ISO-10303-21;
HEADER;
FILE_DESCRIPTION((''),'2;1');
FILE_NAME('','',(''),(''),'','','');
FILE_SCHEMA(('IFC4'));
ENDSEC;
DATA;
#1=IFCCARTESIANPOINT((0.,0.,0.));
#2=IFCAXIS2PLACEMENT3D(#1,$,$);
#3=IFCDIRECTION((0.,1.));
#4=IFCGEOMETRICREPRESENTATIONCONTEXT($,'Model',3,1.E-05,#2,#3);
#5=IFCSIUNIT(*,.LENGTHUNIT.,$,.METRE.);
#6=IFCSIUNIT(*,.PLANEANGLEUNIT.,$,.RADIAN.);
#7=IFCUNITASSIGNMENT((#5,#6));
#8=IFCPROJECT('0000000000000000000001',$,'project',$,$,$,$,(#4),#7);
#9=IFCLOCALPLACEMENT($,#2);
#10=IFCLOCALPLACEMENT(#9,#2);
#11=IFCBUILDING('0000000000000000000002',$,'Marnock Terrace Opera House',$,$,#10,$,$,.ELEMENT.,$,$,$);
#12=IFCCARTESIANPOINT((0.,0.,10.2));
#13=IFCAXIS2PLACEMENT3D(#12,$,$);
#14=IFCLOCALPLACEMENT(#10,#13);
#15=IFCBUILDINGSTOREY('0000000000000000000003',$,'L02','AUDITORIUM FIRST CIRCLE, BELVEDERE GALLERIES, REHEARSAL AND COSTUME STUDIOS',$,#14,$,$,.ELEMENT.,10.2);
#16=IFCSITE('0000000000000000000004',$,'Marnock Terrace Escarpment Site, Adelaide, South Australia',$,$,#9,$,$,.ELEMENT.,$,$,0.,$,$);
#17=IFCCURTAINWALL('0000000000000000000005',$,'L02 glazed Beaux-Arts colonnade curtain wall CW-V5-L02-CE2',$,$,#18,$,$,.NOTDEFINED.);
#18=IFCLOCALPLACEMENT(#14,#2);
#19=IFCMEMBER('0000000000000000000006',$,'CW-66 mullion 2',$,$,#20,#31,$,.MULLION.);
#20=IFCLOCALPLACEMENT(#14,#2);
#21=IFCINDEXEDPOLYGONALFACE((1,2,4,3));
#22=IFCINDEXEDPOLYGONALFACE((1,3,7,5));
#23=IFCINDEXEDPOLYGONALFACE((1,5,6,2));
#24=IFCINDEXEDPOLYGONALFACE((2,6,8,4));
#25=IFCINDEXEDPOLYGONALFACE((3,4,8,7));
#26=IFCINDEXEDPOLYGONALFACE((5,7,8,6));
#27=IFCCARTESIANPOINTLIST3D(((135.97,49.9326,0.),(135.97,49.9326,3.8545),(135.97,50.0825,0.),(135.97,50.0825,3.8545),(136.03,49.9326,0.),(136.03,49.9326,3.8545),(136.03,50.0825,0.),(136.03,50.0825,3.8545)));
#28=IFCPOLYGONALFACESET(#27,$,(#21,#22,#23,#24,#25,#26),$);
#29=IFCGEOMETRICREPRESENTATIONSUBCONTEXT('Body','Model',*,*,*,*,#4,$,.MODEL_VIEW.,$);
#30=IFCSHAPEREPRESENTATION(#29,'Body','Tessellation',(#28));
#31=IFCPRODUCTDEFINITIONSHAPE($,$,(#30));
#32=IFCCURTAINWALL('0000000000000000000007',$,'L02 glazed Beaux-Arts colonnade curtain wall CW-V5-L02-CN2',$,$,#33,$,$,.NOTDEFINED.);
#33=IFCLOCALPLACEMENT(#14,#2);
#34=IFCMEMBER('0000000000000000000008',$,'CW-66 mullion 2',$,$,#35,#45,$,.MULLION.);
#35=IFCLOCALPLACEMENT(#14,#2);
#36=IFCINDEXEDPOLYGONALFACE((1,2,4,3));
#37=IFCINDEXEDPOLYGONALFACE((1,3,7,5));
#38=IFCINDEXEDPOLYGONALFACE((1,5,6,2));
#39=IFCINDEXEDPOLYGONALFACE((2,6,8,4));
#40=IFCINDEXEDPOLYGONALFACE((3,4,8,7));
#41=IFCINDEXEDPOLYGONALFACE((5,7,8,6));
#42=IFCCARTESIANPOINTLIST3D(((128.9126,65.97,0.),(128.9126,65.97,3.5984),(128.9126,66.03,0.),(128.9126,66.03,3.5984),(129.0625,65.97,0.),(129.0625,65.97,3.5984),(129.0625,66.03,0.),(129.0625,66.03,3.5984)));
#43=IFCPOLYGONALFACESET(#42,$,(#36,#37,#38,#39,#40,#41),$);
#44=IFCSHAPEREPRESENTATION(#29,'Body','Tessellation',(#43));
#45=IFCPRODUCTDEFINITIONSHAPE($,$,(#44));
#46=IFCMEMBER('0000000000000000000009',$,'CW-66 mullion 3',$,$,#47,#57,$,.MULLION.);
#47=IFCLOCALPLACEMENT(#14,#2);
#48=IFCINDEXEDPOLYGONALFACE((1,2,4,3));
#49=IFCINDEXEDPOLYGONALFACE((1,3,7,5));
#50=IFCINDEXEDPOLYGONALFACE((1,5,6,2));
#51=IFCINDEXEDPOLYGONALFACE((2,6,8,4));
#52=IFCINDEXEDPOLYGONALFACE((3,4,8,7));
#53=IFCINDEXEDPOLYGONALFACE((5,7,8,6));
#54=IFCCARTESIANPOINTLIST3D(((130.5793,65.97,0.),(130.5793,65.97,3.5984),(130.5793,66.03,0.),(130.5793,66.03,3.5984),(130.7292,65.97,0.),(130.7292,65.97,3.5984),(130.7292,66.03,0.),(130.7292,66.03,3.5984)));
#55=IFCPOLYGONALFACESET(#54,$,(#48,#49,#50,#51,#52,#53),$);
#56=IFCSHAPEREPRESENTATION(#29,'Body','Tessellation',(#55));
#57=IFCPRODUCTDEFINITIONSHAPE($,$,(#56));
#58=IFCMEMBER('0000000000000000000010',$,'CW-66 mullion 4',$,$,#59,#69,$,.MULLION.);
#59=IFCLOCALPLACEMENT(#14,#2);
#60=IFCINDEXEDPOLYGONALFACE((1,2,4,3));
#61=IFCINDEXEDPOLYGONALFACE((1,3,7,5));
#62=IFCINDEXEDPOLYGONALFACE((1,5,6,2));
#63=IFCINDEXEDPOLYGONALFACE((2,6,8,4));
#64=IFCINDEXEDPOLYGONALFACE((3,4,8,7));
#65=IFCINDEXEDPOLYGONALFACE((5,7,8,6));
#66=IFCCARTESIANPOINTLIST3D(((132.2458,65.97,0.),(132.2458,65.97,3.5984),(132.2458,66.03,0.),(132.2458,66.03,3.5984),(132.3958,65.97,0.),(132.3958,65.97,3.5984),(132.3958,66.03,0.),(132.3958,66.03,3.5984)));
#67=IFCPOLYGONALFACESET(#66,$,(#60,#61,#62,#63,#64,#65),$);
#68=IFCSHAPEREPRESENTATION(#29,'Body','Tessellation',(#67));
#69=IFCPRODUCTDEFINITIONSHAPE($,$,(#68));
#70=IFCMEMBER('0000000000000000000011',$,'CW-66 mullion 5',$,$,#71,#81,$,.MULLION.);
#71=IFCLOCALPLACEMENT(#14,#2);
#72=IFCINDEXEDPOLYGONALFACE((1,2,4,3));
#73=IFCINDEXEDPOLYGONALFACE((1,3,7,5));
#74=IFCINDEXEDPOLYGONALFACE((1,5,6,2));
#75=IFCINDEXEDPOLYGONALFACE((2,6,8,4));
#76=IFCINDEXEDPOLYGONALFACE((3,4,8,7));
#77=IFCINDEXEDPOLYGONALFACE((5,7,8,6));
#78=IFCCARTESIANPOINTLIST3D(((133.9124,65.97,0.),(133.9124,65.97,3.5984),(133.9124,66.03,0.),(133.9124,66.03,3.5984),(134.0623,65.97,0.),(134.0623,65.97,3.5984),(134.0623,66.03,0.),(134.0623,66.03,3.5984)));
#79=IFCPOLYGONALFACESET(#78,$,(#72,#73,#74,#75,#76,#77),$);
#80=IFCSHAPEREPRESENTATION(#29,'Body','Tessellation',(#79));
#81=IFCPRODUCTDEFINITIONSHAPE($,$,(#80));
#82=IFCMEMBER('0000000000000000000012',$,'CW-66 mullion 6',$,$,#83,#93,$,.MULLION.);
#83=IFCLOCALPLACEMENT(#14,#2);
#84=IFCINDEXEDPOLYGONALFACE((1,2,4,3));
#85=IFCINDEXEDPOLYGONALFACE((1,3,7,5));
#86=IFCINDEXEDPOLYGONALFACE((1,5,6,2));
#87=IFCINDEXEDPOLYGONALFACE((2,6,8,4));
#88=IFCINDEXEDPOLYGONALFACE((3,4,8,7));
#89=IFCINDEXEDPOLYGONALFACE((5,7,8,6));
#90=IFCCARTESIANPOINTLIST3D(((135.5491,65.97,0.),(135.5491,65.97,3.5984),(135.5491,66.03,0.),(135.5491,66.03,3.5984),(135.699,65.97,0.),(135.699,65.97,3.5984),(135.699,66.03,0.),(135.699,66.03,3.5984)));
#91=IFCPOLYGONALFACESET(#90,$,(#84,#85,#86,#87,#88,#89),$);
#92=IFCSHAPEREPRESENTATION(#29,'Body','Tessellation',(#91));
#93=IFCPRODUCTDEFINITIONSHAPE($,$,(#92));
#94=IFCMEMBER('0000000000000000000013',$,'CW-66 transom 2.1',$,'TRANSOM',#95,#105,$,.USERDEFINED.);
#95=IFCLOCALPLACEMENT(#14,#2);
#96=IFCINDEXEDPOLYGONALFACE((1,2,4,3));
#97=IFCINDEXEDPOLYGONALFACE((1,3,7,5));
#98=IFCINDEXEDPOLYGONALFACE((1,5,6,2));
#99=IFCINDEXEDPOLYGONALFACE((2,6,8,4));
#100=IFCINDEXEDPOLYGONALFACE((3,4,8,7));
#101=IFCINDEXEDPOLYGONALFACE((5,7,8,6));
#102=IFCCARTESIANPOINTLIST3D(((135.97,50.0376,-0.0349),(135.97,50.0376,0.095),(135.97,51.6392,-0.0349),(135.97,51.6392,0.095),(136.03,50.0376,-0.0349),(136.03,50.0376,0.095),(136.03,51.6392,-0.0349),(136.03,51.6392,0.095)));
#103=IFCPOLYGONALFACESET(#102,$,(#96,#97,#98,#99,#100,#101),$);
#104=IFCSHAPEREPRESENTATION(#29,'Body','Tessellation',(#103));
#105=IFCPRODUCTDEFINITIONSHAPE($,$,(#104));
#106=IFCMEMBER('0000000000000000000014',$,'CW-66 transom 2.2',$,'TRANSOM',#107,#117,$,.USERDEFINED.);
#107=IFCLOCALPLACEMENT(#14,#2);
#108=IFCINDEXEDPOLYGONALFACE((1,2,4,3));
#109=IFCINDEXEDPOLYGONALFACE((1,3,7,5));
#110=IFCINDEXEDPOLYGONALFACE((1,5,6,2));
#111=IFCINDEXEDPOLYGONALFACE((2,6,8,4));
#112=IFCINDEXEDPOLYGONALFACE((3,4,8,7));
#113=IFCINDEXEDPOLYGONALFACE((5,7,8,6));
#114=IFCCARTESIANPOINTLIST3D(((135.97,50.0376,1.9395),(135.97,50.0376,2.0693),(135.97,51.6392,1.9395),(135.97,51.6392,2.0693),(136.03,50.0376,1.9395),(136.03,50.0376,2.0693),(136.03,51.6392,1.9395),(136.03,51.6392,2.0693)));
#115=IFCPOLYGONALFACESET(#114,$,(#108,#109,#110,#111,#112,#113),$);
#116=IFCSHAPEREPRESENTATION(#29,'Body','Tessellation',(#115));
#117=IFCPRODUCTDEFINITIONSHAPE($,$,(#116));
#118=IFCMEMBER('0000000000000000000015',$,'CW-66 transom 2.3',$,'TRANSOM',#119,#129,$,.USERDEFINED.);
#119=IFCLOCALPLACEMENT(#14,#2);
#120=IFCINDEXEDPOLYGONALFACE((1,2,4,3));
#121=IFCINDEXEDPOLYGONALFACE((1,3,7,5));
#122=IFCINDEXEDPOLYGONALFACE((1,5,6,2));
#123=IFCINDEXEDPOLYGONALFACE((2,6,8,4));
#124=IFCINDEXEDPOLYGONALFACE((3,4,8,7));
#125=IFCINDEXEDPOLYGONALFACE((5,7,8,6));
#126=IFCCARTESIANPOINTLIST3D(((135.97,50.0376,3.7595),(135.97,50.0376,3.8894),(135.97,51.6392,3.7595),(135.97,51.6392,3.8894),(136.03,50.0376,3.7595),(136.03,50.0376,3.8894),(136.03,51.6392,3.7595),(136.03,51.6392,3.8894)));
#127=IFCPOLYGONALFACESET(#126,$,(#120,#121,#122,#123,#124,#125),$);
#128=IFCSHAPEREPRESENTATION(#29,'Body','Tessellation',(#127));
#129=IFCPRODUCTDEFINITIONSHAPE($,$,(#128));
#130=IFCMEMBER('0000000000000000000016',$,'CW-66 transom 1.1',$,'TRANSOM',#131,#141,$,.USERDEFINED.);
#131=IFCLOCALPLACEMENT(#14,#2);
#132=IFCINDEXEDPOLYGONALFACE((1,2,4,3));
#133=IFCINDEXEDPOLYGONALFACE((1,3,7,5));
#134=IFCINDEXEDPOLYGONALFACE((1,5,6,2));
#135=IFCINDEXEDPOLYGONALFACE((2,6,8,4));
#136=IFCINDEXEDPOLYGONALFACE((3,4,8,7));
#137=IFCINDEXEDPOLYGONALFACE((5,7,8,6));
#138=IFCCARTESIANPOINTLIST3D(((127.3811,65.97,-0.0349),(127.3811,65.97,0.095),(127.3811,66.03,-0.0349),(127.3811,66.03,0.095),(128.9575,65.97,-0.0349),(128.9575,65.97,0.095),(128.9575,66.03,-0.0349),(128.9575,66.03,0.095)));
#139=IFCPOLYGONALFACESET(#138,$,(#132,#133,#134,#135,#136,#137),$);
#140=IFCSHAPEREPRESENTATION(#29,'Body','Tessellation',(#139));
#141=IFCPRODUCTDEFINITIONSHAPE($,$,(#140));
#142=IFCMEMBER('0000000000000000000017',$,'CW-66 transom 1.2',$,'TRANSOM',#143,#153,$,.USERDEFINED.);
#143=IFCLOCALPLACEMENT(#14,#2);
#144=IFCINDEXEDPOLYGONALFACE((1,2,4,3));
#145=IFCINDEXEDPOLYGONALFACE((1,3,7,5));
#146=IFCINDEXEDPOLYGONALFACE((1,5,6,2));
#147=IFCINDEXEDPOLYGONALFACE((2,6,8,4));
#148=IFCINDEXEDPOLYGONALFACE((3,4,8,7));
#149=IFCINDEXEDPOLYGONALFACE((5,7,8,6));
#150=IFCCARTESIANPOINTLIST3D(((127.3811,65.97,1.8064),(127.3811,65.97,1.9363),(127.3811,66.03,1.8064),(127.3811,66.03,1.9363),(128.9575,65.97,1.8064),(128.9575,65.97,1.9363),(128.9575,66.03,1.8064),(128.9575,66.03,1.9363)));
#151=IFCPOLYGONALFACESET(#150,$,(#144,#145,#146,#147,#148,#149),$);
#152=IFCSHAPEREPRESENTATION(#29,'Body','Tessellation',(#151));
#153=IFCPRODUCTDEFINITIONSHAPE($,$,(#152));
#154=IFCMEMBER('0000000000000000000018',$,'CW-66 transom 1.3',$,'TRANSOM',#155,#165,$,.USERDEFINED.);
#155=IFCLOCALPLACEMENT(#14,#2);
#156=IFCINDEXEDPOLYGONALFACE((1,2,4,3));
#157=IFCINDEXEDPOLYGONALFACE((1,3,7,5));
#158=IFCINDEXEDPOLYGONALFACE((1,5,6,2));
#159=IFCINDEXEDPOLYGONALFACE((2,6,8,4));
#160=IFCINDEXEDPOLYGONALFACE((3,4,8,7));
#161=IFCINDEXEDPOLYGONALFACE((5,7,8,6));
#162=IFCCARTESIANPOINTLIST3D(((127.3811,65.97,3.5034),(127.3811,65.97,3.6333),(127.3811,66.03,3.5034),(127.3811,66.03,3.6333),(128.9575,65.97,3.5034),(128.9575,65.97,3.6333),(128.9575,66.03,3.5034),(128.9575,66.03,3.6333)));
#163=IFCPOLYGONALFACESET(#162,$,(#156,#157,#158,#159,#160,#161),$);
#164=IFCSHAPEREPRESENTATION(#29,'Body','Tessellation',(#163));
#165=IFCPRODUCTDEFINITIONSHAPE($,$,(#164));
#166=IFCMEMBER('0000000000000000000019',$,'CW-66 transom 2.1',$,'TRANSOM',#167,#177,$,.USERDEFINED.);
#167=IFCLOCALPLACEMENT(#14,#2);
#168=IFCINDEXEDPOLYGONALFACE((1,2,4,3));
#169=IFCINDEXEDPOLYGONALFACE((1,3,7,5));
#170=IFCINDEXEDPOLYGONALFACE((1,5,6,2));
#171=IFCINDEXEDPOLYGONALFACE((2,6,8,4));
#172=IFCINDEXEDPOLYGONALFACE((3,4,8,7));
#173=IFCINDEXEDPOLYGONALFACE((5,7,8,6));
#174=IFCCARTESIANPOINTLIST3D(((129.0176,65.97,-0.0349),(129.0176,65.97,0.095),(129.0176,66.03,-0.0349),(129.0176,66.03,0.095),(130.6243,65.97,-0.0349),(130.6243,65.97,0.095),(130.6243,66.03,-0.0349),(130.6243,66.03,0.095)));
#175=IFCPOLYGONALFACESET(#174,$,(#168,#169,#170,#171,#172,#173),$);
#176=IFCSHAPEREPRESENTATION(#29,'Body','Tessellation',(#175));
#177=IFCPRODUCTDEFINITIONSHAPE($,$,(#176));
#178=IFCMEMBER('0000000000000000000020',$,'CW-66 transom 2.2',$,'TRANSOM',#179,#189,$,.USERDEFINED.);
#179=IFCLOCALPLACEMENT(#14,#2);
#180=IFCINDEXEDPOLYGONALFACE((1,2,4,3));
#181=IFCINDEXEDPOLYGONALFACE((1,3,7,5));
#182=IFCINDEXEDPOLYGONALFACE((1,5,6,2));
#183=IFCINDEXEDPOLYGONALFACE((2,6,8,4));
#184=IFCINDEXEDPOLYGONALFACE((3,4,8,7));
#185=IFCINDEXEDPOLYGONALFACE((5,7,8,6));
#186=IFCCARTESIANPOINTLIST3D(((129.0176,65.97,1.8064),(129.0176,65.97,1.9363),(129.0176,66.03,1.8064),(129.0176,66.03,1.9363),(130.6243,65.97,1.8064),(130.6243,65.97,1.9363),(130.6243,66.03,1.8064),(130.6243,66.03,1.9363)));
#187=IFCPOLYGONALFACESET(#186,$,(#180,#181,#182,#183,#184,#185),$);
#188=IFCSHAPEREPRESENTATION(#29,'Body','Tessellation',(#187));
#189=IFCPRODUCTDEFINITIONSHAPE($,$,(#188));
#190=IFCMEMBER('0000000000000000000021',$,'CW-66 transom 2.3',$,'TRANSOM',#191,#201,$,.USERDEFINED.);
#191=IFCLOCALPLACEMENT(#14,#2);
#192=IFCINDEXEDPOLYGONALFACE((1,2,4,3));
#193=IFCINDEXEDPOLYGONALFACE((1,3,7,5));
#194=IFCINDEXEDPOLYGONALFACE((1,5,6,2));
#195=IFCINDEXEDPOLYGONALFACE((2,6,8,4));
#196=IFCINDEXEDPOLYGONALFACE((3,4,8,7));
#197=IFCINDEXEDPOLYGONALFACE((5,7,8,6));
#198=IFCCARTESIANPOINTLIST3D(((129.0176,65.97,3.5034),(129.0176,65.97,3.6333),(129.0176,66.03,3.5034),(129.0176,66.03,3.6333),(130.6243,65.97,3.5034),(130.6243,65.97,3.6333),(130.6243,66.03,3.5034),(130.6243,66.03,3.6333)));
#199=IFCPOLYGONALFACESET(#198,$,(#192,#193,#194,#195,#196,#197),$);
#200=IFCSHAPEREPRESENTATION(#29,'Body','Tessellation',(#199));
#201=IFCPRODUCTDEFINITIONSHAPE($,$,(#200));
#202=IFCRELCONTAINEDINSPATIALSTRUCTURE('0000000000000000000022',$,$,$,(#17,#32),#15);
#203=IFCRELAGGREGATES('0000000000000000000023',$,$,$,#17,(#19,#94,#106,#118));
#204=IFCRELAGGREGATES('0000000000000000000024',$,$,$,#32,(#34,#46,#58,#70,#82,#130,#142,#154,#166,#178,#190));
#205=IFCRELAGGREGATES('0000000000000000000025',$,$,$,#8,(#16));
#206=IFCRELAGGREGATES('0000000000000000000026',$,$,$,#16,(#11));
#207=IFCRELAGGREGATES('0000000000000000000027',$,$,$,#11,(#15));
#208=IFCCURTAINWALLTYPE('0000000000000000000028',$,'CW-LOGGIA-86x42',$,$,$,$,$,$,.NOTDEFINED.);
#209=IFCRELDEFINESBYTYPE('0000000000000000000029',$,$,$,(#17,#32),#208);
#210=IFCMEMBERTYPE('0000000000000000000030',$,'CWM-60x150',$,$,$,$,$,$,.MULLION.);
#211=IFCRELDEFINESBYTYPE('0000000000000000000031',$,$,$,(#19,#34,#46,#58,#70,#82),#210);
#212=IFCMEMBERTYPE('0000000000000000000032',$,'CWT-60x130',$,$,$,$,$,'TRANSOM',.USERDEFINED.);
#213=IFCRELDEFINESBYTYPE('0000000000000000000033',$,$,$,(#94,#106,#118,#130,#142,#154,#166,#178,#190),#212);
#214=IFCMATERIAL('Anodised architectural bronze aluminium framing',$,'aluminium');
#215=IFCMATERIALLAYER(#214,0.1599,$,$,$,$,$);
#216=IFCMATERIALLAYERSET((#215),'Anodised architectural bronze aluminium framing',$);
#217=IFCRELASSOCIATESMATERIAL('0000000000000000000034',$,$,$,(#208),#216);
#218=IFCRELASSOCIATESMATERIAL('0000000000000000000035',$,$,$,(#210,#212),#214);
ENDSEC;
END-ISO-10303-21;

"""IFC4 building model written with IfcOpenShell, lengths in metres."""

from ifc_helpers import new_model, si_unit, direction, frame, origin, origin_2d, place, context, subcontext, project, spatial, rectangle, extrude, material, layer, layer_set, material_profile, profile_set, type_object, element, aggregate, save


model = new_model("IFC4")

# Units and contexts
model_context = context("Model", 3, precision=1e-05, world=origin(), true_north=direction((0.0, 1.0)))
body_context = subcontext(model_context, "Body", "Model", "MODEL_VIEW")
ifc_project = project(units=[si_unit("LENGTHUNIT", "METRE"), si_unit("PLANEANGLEUNIT", "RADIAN")], contexts=[model_context])

# Site, building, storey
site_placement = place(None, origin())
site = spatial("IfcSite", under=ifc_project, at=site_placement, Name="Marnock Terrace Escarpment Site, Adelaide, South Australia", CompositionType="ELEMENT", RefElevation=0.0)
building_placement = place(site_placement, origin())
building = spatial("IfcBuilding", under=site, at=building_placement, Name="Marnock Terrace Opera House", CompositionType="ELEMENT")
storey_placement = place(building_placement, frame((0.0, 0.0, 10.2)))
storey = spatial("IfcBuildingStorey", under=building, at=storey_placement, Name="L02", Description="AUDITORIUM FIRST CIRCLE, BELVEDERE GALLERIES, REHEARSAL AND COSTUME STUDIOS", CompositionType="ELEMENT", Elevation=10.2)

# Curtain wall, member
ifc_material_1 = material(Name="Anodised architectural bronze aluminium framing", Category="aluminium")
ifc_layer_1 = layer(ifc_material_1, 0.1599)
ifc_layer_set_1 = layer_set([ifc_layer_1], Name="Anodised architectural bronze aluminium framing")
curtain_wall_type = type_object("IfcCurtainWallType", Name="CW-LOGGIA-86x42", PredefinedType="NOTDEFINED", material=ifc_layer_set_1)
curtain_wall_1_placement = place(storey_placement, origin())
curtain_wall_1 = element("IfcCurtainWall", 1, at=curtain_wall_1_placement, inside=storey, type_object=curtain_wall_type, Name="L02 glazed Beaux-Arts colonnade curtain wall CW-V5-L02-CE2", PredefinedType="NOTDEFINED")
ifc_material_profile_1 = material_profile(ifc_material_1, rectangle(XDim=0.0601, YDim=0.1499, at=origin_2d()))
ifc_profile_set_1 = profile_set([ifc_material_profile_1], Name="Anodised architectural bronze aluminium framing")
member_type_1 = type_object("IfcMemberType", Name="CWM-60x150", PredefinedType="MULLION", material=ifc_profile_set_1)
member_1_placement = place(storey_placement, frame((136.0, 50.0076, 0.0), z_axis=(0.0, 0.0, 1.0), x_axis=(-1.0, 0.0, 0.0)))
member_1 = element("IfcMember", 2, at=member_1_placement, type_object=member_type_1, Name="CW-66 mullion 2", PredefinedType="MULLION", context=body_context, shape_type="SweptSolid", body=[
    extrude(rectangle(XDim=0.0601, YDim=0.1499, at=origin_2d()), origin(), (0.0, 0.0, 1.0), 3.8545),
])

# Curtain wall, members
curtain_wall_2_placement = place(storey_placement, origin())
curtain_wall_2 = element("IfcCurtainWall", 3, at=curtain_wall_2_placement, inside=storey, type_object=curtain_wall_type, Name="L02 glazed Beaux-Arts colonnade curtain wall CW-V5-L02-CN2", PredefinedType="NOTDEFINED")
member_2_placement = place(storey_placement, frame((128.9875, 66.0, 0.0), z_axis=(0.0, 0.0, 1.0), x_axis=(0.0, 1.0, 0.0)))
member_2 = element("IfcMember", 4, at=member_2_placement, type_object=member_type_1, Name="CW-66 mullion 2", PredefinedType="MULLION", context=body_context, shape_type="SweptSolid", body=[
    extrude(rectangle(XDim=0.0601, YDim=0.1499, at=origin_2d()), origin(), (0.0, 0.0, 1.0), 3.5984),
])
member_3_placement = place(storey_placement, frame((130.6543, 66.0, 0.0), z_axis=(0.0, 0.0, 1.0), x_axis=(0.0, 1.0, 0.0)))
member_3 = element("IfcMember", 5, at=member_3_placement, type_object=member_type_1, Name="CW-66 mullion 3", PredefinedType="MULLION", context=body_context, shape_type="SweptSolid", body=[
    extrude(rectangle(XDim=0.0601, YDim=0.1499, at=origin_2d()), origin(), (0.0, 0.0, 1.0), 3.5984),
])
member_4_placement = place(storey_placement, frame((132.3208, 66.0, 0.0), z_axis=(0.0, 0.0, 1.0), x_axis=(0.0, 1.0, 0.0)))
member_4 = element("IfcMember", 6, at=member_4_placement, type_object=member_type_1, Name="CW-66 mullion 4", PredefinedType="MULLION", context=body_context, shape_type="SweptSolid", body=[
    extrude(rectangle(XDim=0.0601, YDim=0.1499, at=origin_2d()), origin(), (0.0, 0.0, 1.0), 3.5984),
])
member_5_placement = place(storey_placement, frame((133.9873, 66.0, 0.0), z_axis=(0.0, 0.0, 1.0), x_axis=(0.0, 1.0, 0.0)))
member_5 = element("IfcMember", 7, at=member_5_placement, type_object=member_type_1, Name="CW-66 mullion 5", PredefinedType="MULLION", context=body_context, shape_type="SweptSolid", body=[
    extrude(rectangle(XDim=0.0601, YDim=0.1499, at=origin_2d()), origin(), (0.0, 0.0, 1.0), 3.5984),
])
member_6_placement = place(storey_placement, frame((135.624, 66.0, 0.0), z_axis=(0.0, 0.0, 1.0), x_axis=(0.0, 1.0, 0.0)))
member_6 = element("IfcMember", 8, at=member_6_placement, type_object=member_type_1, Name="CW-66 mullion 6", PredefinedType="MULLION", context=body_context, shape_type="SweptSolid", body=[
    extrude(rectangle(XDim=0.0601, YDim=0.1499, at=origin_2d()), origin(), (0.0, 0.0, 1.0), 3.5984),
])

# Members
ifc_material_profile_2 = material_profile(ifc_material_1, rectangle(XDim=0.0601, YDim=0.1299, at=origin_2d()))
ifc_profile_set_2 = profile_set([ifc_material_profile_2], Name="Anodised architectural bronze aluminium framing")
member_type_2 = type_object("IfcMemberType", Name="CWT-60x130", ElementType="TRANSOM", PredefinedType="USERDEFINED", material=ifc_profile_set_2)
member_7_placement = place(storey_placement, frame((136.0, 50.0376, 0.03), z_axis=(0.0, 1.0, 0.0), x_axis=(-1.0, 0.0, 0.0)))
member_7 = element("IfcMember", 9, at=member_7_placement, type_object=member_type_2, Name="CW-66 transom 2.1", ObjectType="TRANSOM", PredefinedType="USERDEFINED", context=body_context, shape_type="SweptSolid", body=[
    extrude(rectangle(XDim=0.0601, YDim=0.1299, at=origin_2d()), origin(), (0.0, 0.0, 1.0), 1.6016),
])
member_8_placement = place(storey_placement, frame((136.0, 50.0376, 2.0044), z_axis=(0.0, 1.0, 0.0), x_axis=(-1.0, 0.0, 0.0)))
member_8 = element("IfcMember", 10, at=member_8_placement, type_object=member_type_2, Name="CW-66 transom 2.2", ObjectType="TRANSOM", PredefinedType="USERDEFINED", context=body_context, shape_type="SweptSolid", body=[
    extrude(rectangle(XDim=0.0601, YDim=0.1299, at=origin_2d()), origin(), (0.0, 0.0, 1.0), 1.6016),
])
member_9_placement = place(storey_placement, frame((136.0, 50.0376, 3.8245), z_axis=(0.0, 1.0, 0.0), x_axis=(-1.0, 0.0, 0.0)))
member_9 = element("IfcMember", 11, at=member_9_placement, type_object=member_type_2, Name="CW-66 transom 2.3", ObjectType="TRANSOM", PredefinedType="USERDEFINED", context=body_context, shape_type="SweptSolid", body=[
    extrude(rectangle(XDim=0.0601, YDim=0.1299, at=origin_2d()), origin(), (0.0, 0.0, 1.0), 1.6016),
])
member_10_placement = place(storey_placement, frame((127.3811, 66.0, 0.03), z_axis=(1.0, 0.0, 0.0), x_axis=(0.0, 1.0, 0.0)))
member_10 = element("IfcMember", 12, at=member_10_placement, type_object=member_type_2, Name="CW-66 transom 1.1", ObjectType="TRANSOM", PredefinedType="USERDEFINED", context=body_context, shape_type="SweptSolid", body=[
    extrude(rectangle(XDim=0.0601, YDim=0.1299, at=origin_2d()), origin(), (0.0, 0.0, 1.0), 1.5764),
])
member_11_placement = place(storey_placement, frame((127.3811, 66.0, 1.8713), z_axis=(1.0, 0.0, 0.0), x_axis=(0.0, 1.0, 0.0)))
member_11 = element("IfcMember", 13, at=member_11_placement, type_object=member_type_2, Name="CW-66 transom 1.2", ObjectType="TRANSOM", PredefinedType="USERDEFINED", context=body_context, shape_type="SweptSolid", body=[
    extrude(rectangle(XDim=0.0601, YDim=0.1299, at=origin_2d()), origin(), (0.0, 0.0, 1.0), 1.5764),
])
member_12_placement = place(storey_placement, frame((127.3811, 66.0, 3.5684), z_axis=(1.0, 0.0, 0.0), x_axis=(0.0, 1.0, 0.0)))
member_12 = element("IfcMember", 14, at=member_12_placement, type_object=member_type_2, Name="CW-66 transom 1.3", ObjectType="TRANSOM", PredefinedType="USERDEFINED", context=body_context, shape_type="SweptSolid", body=[
    extrude(rectangle(XDim=0.0601, YDim=0.1299, at=origin_2d()), origin(), (0.0, 0.0, 1.0), 1.5764),
])
member_13_placement = place(storey_placement, frame((129.0176, 66.0, 0.03), z_axis=(1.0, 0.0, 0.0), x_axis=(0.0, 1.0, 0.0)))
member_13 = element("IfcMember", 15, at=member_13_placement, type_object=member_type_2, Name="CW-66 transom 2.1", ObjectType="TRANSOM", PredefinedType="USERDEFINED", context=body_context, shape_type="SweptSolid", body=[
    extrude(rectangle(XDim=0.0601, YDim=0.1299, at=origin_2d()), origin(), (0.0, 0.0, 1.0), 1.6067),
])
member_14_placement = place(storey_placement, frame((129.0176, 66.0, 1.8713), z_axis=(1.0, 0.0, 0.0), x_axis=(0.0, 1.0, 0.0)))
member_14 = element("IfcMember", 16, at=member_14_placement, type_object=member_type_2, Name="CW-66 transom 2.2", ObjectType="TRANSOM", PredefinedType="USERDEFINED", context=body_context, shape_type="SweptSolid", body=[
    extrude(rectangle(XDim=0.0601, YDim=0.1299, at=origin_2d()), origin(), (0.0, 0.0, 1.0), 1.6067),
])
member_15_placement = place(storey_placement, frame((129.0176, 66.0, 3.5684), z_axis=(1.0, 0.0, 0.0), x_axis=(0.0, 1.0, 0.0)))
member_15 = element("IfcMember", 17, at=member_15_placement, type_object=member_type_2, Name="CW-66 transom 2.3", ObjectType="TRANSOM", PredefinedType="USERDEFINED", context=body_context, shape_type="SweptSolid", body=[
    extrude(rectangle(XDim=0.0601, YDim=0.1299, at=origin_2d()), origin(), (0.0, 0.0, 1.0), 1.6067),
])

aggregate(curtain_wall_1, [member_1, member_7, member_8, member_9])
aggregate(curtain_wall_2, [member_2, member_3, member_4, member_5, member_6, member_10, member_11, member_12, member_13, member_14, member_15])

save(model, "model.ifc")
